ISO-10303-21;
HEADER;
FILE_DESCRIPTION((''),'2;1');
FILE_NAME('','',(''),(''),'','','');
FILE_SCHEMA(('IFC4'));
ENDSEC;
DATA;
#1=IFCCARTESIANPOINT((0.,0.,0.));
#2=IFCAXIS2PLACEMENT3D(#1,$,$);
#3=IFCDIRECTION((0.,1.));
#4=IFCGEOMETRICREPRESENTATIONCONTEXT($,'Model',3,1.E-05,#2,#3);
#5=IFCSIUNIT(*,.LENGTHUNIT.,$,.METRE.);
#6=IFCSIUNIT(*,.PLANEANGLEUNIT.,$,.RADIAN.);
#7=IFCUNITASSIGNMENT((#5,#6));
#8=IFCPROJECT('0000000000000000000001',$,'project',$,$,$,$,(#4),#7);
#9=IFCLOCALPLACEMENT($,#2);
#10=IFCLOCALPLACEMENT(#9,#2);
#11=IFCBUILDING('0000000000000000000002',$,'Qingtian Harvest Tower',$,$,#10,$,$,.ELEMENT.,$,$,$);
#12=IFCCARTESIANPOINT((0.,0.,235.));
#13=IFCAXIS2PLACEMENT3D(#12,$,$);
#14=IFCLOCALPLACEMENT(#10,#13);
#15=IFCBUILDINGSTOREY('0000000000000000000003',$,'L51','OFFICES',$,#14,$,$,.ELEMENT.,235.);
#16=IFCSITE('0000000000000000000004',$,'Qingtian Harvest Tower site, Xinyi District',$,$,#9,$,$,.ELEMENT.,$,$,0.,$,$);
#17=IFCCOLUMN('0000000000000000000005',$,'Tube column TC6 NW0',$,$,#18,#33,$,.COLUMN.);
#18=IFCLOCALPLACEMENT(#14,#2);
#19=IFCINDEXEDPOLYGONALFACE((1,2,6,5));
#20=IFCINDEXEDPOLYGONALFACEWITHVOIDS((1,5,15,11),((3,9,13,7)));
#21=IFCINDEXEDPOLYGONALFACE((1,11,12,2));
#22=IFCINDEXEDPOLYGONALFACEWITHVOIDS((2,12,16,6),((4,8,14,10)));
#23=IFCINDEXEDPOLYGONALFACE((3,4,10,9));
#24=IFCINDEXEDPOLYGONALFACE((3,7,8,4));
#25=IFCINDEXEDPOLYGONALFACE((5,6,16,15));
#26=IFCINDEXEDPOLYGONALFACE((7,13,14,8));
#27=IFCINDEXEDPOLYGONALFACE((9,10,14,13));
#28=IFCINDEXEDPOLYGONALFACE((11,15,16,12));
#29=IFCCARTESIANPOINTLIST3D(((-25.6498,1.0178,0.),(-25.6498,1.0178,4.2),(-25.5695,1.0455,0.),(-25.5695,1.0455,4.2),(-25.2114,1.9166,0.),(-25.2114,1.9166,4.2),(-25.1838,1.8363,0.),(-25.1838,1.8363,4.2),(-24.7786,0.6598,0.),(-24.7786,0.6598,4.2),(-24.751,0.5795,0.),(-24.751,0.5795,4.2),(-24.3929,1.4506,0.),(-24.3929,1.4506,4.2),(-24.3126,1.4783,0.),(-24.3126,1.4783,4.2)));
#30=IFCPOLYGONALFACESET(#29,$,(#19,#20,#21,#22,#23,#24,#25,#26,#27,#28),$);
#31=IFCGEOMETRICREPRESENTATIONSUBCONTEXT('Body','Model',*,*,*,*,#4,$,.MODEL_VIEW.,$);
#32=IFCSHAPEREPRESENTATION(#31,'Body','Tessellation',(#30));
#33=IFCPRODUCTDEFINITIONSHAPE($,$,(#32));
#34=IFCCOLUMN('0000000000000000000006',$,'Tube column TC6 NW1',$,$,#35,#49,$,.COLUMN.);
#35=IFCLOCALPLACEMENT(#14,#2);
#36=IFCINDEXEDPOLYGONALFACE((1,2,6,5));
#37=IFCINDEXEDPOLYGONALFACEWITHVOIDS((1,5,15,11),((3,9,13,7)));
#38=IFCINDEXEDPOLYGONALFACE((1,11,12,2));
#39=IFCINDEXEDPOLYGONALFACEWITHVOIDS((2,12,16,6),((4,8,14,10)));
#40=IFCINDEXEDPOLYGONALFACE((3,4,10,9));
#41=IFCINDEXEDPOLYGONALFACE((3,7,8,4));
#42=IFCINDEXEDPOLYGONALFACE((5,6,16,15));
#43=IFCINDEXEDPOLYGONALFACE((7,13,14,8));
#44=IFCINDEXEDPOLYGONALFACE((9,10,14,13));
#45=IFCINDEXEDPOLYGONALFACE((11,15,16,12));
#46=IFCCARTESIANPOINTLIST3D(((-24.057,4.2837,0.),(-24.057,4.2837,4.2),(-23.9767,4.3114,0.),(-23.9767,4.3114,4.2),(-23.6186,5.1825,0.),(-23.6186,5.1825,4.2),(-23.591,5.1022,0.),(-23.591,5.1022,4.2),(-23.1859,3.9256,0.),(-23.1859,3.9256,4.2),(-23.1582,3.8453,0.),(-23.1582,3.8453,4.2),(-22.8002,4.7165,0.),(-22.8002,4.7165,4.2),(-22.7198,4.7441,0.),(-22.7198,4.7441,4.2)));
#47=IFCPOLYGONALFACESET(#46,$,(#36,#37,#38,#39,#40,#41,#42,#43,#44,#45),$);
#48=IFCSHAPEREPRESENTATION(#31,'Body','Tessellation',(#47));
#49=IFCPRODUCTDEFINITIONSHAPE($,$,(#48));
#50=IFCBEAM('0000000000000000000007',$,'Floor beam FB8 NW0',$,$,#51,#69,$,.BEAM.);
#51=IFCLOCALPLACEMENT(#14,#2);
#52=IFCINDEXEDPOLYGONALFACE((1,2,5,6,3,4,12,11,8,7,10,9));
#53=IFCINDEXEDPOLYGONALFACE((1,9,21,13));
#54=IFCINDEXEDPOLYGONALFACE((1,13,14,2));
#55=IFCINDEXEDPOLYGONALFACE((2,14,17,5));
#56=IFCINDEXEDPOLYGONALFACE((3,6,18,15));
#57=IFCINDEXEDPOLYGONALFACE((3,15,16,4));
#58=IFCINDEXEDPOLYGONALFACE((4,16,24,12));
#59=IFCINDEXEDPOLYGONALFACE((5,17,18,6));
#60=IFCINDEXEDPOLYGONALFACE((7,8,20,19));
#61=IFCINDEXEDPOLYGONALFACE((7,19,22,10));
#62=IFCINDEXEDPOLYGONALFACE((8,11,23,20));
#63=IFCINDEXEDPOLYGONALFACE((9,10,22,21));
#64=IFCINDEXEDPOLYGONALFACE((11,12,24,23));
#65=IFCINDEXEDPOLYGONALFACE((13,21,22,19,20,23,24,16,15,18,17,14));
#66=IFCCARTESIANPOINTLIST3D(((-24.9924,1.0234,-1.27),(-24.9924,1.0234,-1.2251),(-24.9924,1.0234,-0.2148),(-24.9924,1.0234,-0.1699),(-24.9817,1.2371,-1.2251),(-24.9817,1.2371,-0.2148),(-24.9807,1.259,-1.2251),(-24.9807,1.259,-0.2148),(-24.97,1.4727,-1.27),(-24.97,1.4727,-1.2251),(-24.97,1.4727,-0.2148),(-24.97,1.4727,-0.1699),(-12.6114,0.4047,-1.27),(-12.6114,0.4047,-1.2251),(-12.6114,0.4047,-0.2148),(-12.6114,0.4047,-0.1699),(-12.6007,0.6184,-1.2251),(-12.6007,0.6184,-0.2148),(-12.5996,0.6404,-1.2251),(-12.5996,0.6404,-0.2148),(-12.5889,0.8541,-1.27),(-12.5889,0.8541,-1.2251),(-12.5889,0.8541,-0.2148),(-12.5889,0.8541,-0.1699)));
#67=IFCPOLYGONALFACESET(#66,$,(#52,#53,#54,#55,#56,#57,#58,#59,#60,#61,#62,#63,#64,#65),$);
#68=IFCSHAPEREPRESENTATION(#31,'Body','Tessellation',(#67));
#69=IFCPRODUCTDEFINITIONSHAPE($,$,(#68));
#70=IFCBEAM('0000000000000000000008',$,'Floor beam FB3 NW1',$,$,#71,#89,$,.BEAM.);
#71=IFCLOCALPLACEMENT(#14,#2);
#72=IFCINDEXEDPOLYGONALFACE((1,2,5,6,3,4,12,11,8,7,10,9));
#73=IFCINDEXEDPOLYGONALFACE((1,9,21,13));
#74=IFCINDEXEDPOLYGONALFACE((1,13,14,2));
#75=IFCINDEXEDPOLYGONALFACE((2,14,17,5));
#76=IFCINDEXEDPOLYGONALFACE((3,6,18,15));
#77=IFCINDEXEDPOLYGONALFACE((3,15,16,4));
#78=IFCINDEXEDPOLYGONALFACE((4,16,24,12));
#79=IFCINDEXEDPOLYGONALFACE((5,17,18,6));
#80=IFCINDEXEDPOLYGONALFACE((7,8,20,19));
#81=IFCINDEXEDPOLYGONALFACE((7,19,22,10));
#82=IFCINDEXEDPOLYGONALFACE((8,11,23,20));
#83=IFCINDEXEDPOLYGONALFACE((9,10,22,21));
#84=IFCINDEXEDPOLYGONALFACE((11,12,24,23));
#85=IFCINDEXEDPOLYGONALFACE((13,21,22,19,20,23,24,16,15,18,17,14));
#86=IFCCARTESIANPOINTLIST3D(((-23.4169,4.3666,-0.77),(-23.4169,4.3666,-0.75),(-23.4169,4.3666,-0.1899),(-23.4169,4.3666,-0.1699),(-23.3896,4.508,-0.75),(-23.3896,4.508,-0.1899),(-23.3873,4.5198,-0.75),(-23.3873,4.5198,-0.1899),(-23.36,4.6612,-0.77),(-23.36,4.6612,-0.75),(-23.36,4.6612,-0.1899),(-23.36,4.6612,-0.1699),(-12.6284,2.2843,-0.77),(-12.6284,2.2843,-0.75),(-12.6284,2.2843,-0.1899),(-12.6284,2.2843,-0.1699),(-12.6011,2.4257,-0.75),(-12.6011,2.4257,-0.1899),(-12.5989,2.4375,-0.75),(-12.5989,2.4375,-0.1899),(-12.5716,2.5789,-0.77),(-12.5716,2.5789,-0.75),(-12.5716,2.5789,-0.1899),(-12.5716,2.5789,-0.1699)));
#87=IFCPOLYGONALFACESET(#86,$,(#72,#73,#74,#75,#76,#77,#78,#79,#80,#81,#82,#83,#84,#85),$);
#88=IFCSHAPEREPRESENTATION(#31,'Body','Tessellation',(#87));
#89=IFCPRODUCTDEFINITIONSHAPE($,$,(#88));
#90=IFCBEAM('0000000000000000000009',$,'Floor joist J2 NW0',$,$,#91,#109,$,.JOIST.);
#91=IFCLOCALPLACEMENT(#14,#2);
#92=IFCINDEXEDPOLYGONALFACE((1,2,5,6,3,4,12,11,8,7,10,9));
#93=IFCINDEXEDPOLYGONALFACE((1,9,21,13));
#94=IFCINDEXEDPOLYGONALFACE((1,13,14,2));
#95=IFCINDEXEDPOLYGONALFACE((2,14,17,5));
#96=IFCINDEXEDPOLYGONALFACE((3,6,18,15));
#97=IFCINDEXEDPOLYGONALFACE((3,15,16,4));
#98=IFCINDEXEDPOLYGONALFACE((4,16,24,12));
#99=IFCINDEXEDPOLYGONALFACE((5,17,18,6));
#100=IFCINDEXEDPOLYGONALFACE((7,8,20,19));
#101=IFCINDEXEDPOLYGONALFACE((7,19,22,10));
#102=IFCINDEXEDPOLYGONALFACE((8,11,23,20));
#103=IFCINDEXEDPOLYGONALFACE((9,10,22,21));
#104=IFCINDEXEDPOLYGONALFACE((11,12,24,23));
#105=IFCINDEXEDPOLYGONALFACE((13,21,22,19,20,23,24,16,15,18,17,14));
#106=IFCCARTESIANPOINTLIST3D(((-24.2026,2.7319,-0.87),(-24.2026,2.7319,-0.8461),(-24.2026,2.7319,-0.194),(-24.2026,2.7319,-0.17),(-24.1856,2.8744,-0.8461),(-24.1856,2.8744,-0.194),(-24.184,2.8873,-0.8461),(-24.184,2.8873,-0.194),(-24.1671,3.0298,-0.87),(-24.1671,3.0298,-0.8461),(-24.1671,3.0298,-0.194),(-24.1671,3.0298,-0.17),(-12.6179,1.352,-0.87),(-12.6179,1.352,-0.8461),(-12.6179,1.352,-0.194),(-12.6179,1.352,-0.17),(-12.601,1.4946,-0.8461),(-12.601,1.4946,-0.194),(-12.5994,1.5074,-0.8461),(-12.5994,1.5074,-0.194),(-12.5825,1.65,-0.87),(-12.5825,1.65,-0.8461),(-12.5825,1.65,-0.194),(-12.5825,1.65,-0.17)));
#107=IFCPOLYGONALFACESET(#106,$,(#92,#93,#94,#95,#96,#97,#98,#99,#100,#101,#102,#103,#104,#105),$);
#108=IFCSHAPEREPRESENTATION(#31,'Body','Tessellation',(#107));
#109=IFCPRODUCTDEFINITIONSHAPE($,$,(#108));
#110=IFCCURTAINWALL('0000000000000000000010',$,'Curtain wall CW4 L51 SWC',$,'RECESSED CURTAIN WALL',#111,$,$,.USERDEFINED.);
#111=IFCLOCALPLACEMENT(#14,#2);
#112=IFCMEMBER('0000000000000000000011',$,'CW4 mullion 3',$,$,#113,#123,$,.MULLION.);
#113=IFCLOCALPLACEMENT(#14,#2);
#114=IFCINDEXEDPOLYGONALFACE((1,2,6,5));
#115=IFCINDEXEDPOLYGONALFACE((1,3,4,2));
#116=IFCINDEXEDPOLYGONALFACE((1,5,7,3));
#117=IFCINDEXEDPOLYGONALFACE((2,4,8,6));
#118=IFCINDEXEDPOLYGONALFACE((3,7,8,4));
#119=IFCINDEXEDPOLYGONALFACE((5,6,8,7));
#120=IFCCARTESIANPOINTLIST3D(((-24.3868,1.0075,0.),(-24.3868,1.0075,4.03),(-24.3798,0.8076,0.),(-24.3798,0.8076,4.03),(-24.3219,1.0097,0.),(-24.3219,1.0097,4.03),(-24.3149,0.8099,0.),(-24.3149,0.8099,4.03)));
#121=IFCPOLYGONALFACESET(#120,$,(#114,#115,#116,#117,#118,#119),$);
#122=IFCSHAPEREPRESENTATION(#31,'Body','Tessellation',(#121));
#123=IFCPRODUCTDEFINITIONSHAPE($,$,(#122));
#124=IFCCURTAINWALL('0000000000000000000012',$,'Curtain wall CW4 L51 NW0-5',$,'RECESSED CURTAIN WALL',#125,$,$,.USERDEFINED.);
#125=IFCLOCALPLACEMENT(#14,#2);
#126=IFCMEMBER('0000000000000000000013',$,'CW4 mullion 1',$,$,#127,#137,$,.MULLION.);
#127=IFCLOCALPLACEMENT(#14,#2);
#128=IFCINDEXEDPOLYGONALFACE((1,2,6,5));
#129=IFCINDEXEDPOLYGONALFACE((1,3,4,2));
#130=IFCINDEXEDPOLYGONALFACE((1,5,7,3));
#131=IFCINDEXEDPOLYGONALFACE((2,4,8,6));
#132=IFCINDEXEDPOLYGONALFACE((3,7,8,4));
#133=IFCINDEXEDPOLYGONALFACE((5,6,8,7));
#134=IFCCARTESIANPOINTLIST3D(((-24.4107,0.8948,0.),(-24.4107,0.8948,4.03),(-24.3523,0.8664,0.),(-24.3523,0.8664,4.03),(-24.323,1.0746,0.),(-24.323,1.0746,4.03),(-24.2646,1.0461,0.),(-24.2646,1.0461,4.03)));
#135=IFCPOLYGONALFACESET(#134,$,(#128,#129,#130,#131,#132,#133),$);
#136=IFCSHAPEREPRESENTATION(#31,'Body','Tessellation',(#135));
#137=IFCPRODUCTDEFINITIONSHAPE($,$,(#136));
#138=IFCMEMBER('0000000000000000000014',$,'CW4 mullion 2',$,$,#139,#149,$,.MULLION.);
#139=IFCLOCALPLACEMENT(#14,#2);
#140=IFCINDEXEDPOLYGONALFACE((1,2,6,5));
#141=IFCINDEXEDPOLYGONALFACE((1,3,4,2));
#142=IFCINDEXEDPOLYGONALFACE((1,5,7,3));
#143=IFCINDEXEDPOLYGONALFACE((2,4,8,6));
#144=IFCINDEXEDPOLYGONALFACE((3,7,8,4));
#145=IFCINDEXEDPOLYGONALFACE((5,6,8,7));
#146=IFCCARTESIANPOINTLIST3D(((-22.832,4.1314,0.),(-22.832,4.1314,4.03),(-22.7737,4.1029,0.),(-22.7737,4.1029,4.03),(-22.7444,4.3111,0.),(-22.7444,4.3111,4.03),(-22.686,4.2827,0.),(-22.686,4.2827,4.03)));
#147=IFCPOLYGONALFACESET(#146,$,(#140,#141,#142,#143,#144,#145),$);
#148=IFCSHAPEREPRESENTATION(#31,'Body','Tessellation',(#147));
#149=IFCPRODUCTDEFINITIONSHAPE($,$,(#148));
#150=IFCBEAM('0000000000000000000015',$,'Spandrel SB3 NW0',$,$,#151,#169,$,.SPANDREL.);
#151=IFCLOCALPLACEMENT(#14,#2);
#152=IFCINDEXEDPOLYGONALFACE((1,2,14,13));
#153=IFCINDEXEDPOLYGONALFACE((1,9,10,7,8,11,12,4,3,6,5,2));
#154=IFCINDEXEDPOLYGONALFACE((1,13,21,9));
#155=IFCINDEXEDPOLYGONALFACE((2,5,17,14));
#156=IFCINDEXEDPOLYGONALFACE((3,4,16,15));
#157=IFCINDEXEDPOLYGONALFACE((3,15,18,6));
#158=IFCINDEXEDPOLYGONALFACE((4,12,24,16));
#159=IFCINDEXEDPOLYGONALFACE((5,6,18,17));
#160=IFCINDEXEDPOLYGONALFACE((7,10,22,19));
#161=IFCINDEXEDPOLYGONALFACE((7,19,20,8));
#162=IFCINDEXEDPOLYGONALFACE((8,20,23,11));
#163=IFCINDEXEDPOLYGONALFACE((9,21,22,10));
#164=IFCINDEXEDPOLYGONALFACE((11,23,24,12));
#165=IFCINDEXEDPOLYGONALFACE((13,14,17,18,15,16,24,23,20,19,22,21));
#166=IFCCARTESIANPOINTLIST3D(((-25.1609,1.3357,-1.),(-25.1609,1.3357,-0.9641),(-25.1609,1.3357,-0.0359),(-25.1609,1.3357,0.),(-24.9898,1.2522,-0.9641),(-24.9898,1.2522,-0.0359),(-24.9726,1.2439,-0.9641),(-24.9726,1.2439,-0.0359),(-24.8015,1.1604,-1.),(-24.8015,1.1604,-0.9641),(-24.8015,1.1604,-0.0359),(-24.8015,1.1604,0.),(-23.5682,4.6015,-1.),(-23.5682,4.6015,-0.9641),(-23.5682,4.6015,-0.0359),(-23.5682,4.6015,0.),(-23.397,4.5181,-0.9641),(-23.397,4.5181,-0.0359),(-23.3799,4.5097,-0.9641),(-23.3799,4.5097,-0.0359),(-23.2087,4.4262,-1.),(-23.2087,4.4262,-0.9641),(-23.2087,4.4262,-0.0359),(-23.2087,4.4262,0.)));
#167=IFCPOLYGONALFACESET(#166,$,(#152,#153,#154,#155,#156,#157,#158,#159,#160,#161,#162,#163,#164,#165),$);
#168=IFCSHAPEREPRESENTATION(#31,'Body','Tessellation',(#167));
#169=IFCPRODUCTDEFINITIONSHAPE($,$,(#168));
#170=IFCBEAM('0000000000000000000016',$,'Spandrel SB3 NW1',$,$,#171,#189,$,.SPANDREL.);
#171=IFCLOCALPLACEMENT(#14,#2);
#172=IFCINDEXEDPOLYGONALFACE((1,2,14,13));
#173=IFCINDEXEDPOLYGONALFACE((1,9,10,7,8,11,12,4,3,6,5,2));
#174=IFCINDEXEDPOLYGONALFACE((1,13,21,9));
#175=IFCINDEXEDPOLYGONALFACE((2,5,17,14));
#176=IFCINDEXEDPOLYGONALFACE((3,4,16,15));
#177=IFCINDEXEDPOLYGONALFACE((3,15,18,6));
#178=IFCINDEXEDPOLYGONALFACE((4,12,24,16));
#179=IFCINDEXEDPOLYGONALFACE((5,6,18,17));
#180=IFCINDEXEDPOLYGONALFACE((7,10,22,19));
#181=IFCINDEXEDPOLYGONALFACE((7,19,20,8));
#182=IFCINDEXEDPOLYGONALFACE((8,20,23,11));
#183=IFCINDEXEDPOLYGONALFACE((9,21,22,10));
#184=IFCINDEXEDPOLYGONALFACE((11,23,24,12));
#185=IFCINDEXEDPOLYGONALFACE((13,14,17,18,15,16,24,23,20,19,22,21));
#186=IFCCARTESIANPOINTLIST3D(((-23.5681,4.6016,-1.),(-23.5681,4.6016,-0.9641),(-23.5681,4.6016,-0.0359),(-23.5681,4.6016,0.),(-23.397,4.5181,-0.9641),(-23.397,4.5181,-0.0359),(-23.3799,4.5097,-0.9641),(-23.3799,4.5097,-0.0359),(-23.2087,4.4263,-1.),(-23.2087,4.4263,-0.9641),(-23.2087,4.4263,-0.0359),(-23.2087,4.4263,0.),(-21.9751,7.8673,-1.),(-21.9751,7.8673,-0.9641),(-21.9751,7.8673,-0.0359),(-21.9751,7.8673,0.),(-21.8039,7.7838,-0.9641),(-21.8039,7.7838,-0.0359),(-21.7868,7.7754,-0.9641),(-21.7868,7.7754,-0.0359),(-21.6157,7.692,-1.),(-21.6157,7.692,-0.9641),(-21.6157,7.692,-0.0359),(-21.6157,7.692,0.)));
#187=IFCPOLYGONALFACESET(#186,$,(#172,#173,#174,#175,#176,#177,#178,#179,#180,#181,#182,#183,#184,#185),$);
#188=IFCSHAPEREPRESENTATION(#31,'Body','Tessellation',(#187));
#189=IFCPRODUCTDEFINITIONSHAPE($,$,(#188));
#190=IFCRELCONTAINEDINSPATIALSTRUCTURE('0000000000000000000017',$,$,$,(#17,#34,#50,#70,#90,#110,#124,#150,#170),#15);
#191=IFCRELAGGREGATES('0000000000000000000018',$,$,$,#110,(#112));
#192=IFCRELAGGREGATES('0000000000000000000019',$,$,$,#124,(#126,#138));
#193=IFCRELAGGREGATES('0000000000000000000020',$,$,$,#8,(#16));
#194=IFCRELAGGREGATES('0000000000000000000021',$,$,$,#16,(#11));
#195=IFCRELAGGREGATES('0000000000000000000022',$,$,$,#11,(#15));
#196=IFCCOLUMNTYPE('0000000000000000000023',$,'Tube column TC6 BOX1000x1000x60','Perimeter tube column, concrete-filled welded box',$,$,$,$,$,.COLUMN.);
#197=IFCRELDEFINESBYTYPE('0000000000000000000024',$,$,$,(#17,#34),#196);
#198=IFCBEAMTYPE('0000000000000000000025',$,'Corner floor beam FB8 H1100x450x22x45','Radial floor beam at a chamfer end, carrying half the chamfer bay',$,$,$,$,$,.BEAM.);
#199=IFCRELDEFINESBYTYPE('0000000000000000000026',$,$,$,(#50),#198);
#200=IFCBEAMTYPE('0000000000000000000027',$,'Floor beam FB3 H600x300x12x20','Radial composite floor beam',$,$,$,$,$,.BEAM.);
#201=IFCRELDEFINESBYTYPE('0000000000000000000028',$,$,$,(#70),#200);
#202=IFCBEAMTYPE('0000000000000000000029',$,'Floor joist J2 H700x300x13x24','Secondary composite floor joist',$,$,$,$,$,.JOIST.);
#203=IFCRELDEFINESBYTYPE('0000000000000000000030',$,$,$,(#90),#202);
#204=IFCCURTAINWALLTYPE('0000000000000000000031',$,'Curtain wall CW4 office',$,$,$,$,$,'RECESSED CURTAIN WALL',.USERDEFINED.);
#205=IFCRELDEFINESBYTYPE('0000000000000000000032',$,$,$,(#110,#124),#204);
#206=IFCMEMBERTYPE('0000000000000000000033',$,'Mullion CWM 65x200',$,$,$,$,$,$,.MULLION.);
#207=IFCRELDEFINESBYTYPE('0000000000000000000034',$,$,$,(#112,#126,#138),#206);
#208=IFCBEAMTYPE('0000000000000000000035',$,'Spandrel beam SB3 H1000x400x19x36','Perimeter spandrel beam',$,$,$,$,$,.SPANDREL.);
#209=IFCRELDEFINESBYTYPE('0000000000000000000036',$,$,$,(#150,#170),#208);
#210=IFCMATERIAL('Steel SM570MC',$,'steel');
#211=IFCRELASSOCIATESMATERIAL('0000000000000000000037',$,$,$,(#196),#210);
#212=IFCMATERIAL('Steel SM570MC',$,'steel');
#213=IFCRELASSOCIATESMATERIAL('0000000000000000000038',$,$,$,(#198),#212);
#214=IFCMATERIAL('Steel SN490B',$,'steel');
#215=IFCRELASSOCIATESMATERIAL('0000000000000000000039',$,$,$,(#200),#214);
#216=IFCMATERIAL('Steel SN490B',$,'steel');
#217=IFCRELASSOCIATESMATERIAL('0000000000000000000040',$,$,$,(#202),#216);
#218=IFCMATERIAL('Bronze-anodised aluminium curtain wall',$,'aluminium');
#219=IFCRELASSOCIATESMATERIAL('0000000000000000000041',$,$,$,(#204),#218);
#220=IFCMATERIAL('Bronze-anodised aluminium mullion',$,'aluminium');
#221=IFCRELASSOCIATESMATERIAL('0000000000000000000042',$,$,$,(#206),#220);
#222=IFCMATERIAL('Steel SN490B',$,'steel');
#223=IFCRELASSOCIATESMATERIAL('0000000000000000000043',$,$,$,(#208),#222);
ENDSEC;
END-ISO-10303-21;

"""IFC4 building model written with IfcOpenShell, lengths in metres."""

from ifc_helpers import new_model, si_unit, direction, frame, origin, origin_2d, place, context, subcontext, project, spatial, rectangle, hollow_rectangle, i_section, extrude, material, material_profile, profile_set, type_object, element, aggregate, save


model = new_model("IFC4")

# Units and contexts
model_context = context("Model", 3, precision=1e-05, world=origin(), true_north=direction((0.0, 1.0)))
body_context = subcontext(model_context, "Body", "Model", "MODEL_VIEW")
ifc_project = project(units=[si_unit("LENGTHUNIT", "METRE"), si_unit("PLANEANGLEUNIT", "RADIAN")], contexts=[model_context])

# Site, building, storey
site_placement = place(None, origin())
site = spatial("IfcSite", under=ifc_project, at=site_placement, Name="Qingtian Harvest Tower site, Xinyi District", CompositionType="ELEMENT", RefElevation=0.0)
building_placement = place(site_placement, origin())
building = spatial("IfcBuilding", under=site, at=building_placement, Name="Qingtian Harvest Tower", CompositionType="ELEMENT")
storey_placement = place(building_placement, frame((0.0, 0.0, 235.0)))
storey = spatial("IfcBuildingStorey", under=building, at=storey_placement, Name="L51", Description="OFFICES", CompositionType="ELEMENT", Elevation=235.0)

# Columns
ifc_material_1 = material(Name="Steel SM570MC", Category="steel")
ifc_material_profile_1 = material_profile(ifc_material_1, hollow_rectangle(XDim=1.0, YDim=1.0, WallThickness=0.0601, at=origin_2d()), Name="BOX1000x1000x60")
ifc_profile_set_1 = profile_set([ifc_material_profile_1], Name="Steel SM570MC")
column_type = type_object("IfcColumnType", Name="Tube column TC6 BOX1000x1000x60", Description="Perimeter tube column, concrete-filled welded box", PredefinedType="COLUMN", material=ifc_profile_set_1)
for number, where, z_axis, x_axis, name in (
    (1, (-24.9812, 1.248, 0.0), (0.0, 0.0, 1.0), (-0.438371, -0.898794, 0.0), "Tube column TC6 NW0"),
    (2, (-23.3884, 4.5139, 0.0), (0.0, 0.0, 1.0), (-0.438371, -0.898794, 0.0), "Tube column TC6 NW1"),
):
    element("IfcColumn", number, at=place(storey_placement, frame(where, z_axis=z_axis, x_axis=x_axis)), inside=storey, type_object=column_type, Name=name, PredefinedType="COLUMN", context=body_context, shape_type="SweptSolid", body=[
        extrude(hollow_rectangle(XDim=1.0, YDim=1.0, WallThickness=0.0601, at=origin_2d()), origin(), (0.0, 0.0, 1.0), 4.2),
    ])

# Beams
ifc_material_2 = material(Name="Steel SM570MC", Category="steel")
ifc_material_profile_2 = material_profile(ifc_material_2, i_section(OverallWidth=0.45, OverallDepth=1.1001, WebThickness=0.022, FlangeThickness=0.0449, at=origin_2d()), Name="H1100x450x22x45")
ifc_profile_set_2 = profile_set([ifc_material_profile_2], Name="Steel SM570MC")
beam_type_1 = type_object("IfcBeamType", Name="Corner floor beam FB8 H1100x450x22x45", Description="Radial floor beam at a chamfer end, carrying half the chamfer bay", PredefinedType="BEAM", material=ifc_profile_set_2)
beam_1_placement = place(storey_placement, frame((-24.9812, 1.248, -0.72), z_axis=(0.998754, -0.049905, 0.0), x_axis=(0.049905, 0.998754, 0.0)))
element("IfcBeam", 3, at=beam_1_placement, inside=storey, type_object=beam_type_1, Name="Floor beam FB8 NW0", PredefinedType="BEAM", context=body_context, shape_type="SweptSolid", body=[
    extrude(i_section(OverallWidth=0.45, OverallDepth=1.1001, WebThickness=0.022, FlangeThickness=0.0449, at=origin_2d()), origin(), (0.0, 0.0, 1.0), 12.3965),
])
ifc_material_3 = material(Name="Steel SN490B", Category="steel")
ifc_material_profile_3 = material_profile(ifc_material_3, i_section(OverallWidth=0.3, OverallDepth=0.6001, WebThickness=0.012, FlangeThickness=0.02, at=origin_2d()), Name="H600x300x12x20")
ifc_profile_set_3 = profile_set([ifc_material_profile_3], Name="Steel SN490B")
beam_type_2 = type_object("IfcBeamType", Name="Floor beam FB3 H600x300x12x20", Description="Radial composite floor beam", PredefinedType="BEAM", material=ifc_profile_set_3)
beam_2_placement = place(storey_placement, frame((-23.3884, 4.5139, -0.47), z_axis=(0.981878, -0.189514, 0.0), x_axis=(0.189514, 0.981878, 0.0)))
element("IfcBeam", 4, at=beam_2_placement, inside=storey, type_object=beam_type_2, Name="Floor beam FB3 NW1", PredefinedType="BEAM", context=body_context, shape_type="SweptSolid", body=[
    extrude(i_section(OverallWidth=0.3, OverallDepth=0.6001, WebThickness=0.012, FlangeThickness=0.02, at=origin_2d()), origin(), (0.0, 0.0, 1.0), 10.9875),
])
ifc_material_4 = material(Name="Steel SN490B", Category="steel")
ifc_material_profile_4 = material_profile(ifc_material_4, i_section(OverallWidth=0.3, OverallDepth=0.7, WebThickness=0.0129, FlangeThickness=0.0239, at=origin_2d()), Name="H700x300x13x24")
ifc_profile_set_4 = profile_set([ifc_material_profile_4], Name="Steel SN490B")
beam_type_3 = type_object("IfcBeamType", Name="Floor joist J2 H700x300x13x24", Description="Secondary composite floor joist", PredefinedType="JOIST", material=ifc_profile_set_4)
beam_3_placement = place(storey_placement, frame((-24.1848, 2.8809, -0.52), z_axis=(0.992981, -0.118276, 0.0), x_axis=(0.118276, 0.992981, 0.0)))
element("IfcBeam", 5, at=beam_3_placement, inside=storey, type_object=beam_type_3, Name="Floor joist J2 NW0", PredefinedType="JOIST", context=body_context, shape_type="SweptSolid", body=[
    extrude(i_section(OverallWidth=0.3, OverallDepth=0.7, WebThickness=0.0129, FlangeThickness=0.0239, at=origin_2d()), origin(), (0.0, 0.0, 1.0), 11.6665),
])

# Curtain wall, member
ifc_material_5 = material(Name="Bronze-anodised aluminium curtain wall", Category="aluminium")
curtain_wall_type = type_object("IfcCurtainWallType", Name="Curtain wall CW4 office", ElementType="RECESSED CURTAIN WALL", PredefinedType="USERDEFINED", material=ifc_material_5)
curtain_wall_1_placement = place(storey_placement, origin())
curtain_wall_1 = element("IfcCurtainWall", 6, at=curtain_wall_1_placement, inside=storey, type_object=curtain_wall_type, Name="Curtain wall CW4 L51 SWC", ObjectType="RECESSED CURTAIN WALL", PredefinedType="USERDEFINED")
ifc_material_6 = material(Name="Bronze-anodised aluminium mullion", Category="aluminium")
ifc_material_profile_5 = material_profile(ifc_material_6, rectangle(XDim=0.0649, YDim=0.2, at=origin_2d()), Name="AL 65x200")
ifc_profile_set_5 = profile_set([ifc_material_profile_5], Name="Bronze-anodised aluminium mullion")
member_type_1 = type_object("IfcMemberType", Name="Mullion CWM 65x200", PredefinedType="MULLION", material=ifc_profile_set_5)
member_1_placement = place(storey_placement, frame((-24.3508, 0.9087, 0.0), z_axis=(0.0, 0.0, 1.0), x_axis=(-0.999391, -0.034899, 0.0)))
member_1 = element("IfcMember", 7, at=member_1_placement, type_object=member_type_1, Name="CW4 mullion 3", PredefinedType="MULLION", context=body_context, shape_type="SweptSolid", body=[
    extrude(rectangle(XDim=0.0649, YDim=0.2, at=origin_2d()), origin(), (0.0, 0.0, 1.0), 4.03),
])

# Curtain wall, members
curtain_wall_2_placement = place(storey_placement, origin())
curtain_wall_2 = element("IfcCurtainWall", 8, at=curtain_wall_2_placement, inside=storey, type_object=curtain_wall_type, Name="Curtain wall CW4 L51 NW0-5", ObjectType="RECESSED CURTAIN WALL", PredefinedType="USERDEFINED")
member_2_placement = place(storey_placement, frame((-24.3376, 0.9705, 0.0), z_axis=(0.0, 0.0, 1.0), x_axis=(-0.898794, 0.438371, 0.0)))
member_2 = element("IfcMember", 9, at=member_2_placement, type_object=member_type_1, Name="CW4 mullion 1", PredefinedType="MULLION", context=body_context, shape_type="SweptSolid", body=[
    extrude(rectangle(XDim=0.0649, YDim=0.2, at=origin_2d()), origin(), (0.0, 0.0, 1.0), 4.03),
])
member_3_placement = place(storey_placement, frame((-22.759, 4.207, 0.0), z_axis=(0.0, 0.0, 1.0), x_axis=(-0.898794, 0.438371, 0.0)))
member_3 = element("IfcMember", 10, at=member_3_placement, type_object=member_type_1, Name="CW4 mullion 2", PredefinedType="MULLION", context=body_context, shape_type="SweptSolid", body=[
    extrude(rectangle(XDim=0.0649, YDim=0.2, at=origin_2d()), origin(), (0.0, 0.0, 1.0), 4.03),
])

# Beams
ifc_material_7 = material(Name="Steel SN490B", Category="steel")
ifc_material_profile_6 = material_profile(ifc_material_7, i_section(OverallWidth=0.3999, OverallDepth=1.0, WebThickness=0.019, FlangeThickness=0.0359, at=origin_2d()), Name="H1000x400x19x36")
ifc_profile_set_6 = profile_set([ifc_material_profile_6], Name="Steel SN490B")
beam_type_4 = type_object("IfcBeamType", Name="Spandrel beam SB3 H1000x400x19x36", Description="Perimeter spandrel beam", PredefinedType="SPANDREL", material=ifc_profile_set_6)
for number, where, z_axis, x_axis, name in (
    (11, (-24.9812, 1.248, -0.5), (0.438349, 0.898805, 0.0), (-0.898805, 0.438349, 0.0), "Spandrel SB3 NW0"),
    (12, (-23.3884, 4.5139, -0.5), (0.43843, 0.898765, 0.0), (-0.898765, 0.43843, 0.0), "Spandrel SB3 NW1"),
):
    element("IfcBeam", number, at=place(storey_placement, frame(where, z_axis=z_axis, x_axis=x_axis)), inside=storey, type_object=beam_type_4, Name=name, PredefinedType="SPANDREL", context=body_context, shape_type="SweptSolid", body=[
        extrude(i_section(OverallWidth=0.3999, OverallDepth=1.0, WebThickness=0.019, FlangeThickness=0.0359, at=origin_2d()), origin(), (0.0, 0.0, 1.0), 3.6335),
    ])

aggregate(curtain_wall_1, [member_1])
aggregate(curtain_wall_2, [member_2, member_3])

save(model, "model.ifc")
